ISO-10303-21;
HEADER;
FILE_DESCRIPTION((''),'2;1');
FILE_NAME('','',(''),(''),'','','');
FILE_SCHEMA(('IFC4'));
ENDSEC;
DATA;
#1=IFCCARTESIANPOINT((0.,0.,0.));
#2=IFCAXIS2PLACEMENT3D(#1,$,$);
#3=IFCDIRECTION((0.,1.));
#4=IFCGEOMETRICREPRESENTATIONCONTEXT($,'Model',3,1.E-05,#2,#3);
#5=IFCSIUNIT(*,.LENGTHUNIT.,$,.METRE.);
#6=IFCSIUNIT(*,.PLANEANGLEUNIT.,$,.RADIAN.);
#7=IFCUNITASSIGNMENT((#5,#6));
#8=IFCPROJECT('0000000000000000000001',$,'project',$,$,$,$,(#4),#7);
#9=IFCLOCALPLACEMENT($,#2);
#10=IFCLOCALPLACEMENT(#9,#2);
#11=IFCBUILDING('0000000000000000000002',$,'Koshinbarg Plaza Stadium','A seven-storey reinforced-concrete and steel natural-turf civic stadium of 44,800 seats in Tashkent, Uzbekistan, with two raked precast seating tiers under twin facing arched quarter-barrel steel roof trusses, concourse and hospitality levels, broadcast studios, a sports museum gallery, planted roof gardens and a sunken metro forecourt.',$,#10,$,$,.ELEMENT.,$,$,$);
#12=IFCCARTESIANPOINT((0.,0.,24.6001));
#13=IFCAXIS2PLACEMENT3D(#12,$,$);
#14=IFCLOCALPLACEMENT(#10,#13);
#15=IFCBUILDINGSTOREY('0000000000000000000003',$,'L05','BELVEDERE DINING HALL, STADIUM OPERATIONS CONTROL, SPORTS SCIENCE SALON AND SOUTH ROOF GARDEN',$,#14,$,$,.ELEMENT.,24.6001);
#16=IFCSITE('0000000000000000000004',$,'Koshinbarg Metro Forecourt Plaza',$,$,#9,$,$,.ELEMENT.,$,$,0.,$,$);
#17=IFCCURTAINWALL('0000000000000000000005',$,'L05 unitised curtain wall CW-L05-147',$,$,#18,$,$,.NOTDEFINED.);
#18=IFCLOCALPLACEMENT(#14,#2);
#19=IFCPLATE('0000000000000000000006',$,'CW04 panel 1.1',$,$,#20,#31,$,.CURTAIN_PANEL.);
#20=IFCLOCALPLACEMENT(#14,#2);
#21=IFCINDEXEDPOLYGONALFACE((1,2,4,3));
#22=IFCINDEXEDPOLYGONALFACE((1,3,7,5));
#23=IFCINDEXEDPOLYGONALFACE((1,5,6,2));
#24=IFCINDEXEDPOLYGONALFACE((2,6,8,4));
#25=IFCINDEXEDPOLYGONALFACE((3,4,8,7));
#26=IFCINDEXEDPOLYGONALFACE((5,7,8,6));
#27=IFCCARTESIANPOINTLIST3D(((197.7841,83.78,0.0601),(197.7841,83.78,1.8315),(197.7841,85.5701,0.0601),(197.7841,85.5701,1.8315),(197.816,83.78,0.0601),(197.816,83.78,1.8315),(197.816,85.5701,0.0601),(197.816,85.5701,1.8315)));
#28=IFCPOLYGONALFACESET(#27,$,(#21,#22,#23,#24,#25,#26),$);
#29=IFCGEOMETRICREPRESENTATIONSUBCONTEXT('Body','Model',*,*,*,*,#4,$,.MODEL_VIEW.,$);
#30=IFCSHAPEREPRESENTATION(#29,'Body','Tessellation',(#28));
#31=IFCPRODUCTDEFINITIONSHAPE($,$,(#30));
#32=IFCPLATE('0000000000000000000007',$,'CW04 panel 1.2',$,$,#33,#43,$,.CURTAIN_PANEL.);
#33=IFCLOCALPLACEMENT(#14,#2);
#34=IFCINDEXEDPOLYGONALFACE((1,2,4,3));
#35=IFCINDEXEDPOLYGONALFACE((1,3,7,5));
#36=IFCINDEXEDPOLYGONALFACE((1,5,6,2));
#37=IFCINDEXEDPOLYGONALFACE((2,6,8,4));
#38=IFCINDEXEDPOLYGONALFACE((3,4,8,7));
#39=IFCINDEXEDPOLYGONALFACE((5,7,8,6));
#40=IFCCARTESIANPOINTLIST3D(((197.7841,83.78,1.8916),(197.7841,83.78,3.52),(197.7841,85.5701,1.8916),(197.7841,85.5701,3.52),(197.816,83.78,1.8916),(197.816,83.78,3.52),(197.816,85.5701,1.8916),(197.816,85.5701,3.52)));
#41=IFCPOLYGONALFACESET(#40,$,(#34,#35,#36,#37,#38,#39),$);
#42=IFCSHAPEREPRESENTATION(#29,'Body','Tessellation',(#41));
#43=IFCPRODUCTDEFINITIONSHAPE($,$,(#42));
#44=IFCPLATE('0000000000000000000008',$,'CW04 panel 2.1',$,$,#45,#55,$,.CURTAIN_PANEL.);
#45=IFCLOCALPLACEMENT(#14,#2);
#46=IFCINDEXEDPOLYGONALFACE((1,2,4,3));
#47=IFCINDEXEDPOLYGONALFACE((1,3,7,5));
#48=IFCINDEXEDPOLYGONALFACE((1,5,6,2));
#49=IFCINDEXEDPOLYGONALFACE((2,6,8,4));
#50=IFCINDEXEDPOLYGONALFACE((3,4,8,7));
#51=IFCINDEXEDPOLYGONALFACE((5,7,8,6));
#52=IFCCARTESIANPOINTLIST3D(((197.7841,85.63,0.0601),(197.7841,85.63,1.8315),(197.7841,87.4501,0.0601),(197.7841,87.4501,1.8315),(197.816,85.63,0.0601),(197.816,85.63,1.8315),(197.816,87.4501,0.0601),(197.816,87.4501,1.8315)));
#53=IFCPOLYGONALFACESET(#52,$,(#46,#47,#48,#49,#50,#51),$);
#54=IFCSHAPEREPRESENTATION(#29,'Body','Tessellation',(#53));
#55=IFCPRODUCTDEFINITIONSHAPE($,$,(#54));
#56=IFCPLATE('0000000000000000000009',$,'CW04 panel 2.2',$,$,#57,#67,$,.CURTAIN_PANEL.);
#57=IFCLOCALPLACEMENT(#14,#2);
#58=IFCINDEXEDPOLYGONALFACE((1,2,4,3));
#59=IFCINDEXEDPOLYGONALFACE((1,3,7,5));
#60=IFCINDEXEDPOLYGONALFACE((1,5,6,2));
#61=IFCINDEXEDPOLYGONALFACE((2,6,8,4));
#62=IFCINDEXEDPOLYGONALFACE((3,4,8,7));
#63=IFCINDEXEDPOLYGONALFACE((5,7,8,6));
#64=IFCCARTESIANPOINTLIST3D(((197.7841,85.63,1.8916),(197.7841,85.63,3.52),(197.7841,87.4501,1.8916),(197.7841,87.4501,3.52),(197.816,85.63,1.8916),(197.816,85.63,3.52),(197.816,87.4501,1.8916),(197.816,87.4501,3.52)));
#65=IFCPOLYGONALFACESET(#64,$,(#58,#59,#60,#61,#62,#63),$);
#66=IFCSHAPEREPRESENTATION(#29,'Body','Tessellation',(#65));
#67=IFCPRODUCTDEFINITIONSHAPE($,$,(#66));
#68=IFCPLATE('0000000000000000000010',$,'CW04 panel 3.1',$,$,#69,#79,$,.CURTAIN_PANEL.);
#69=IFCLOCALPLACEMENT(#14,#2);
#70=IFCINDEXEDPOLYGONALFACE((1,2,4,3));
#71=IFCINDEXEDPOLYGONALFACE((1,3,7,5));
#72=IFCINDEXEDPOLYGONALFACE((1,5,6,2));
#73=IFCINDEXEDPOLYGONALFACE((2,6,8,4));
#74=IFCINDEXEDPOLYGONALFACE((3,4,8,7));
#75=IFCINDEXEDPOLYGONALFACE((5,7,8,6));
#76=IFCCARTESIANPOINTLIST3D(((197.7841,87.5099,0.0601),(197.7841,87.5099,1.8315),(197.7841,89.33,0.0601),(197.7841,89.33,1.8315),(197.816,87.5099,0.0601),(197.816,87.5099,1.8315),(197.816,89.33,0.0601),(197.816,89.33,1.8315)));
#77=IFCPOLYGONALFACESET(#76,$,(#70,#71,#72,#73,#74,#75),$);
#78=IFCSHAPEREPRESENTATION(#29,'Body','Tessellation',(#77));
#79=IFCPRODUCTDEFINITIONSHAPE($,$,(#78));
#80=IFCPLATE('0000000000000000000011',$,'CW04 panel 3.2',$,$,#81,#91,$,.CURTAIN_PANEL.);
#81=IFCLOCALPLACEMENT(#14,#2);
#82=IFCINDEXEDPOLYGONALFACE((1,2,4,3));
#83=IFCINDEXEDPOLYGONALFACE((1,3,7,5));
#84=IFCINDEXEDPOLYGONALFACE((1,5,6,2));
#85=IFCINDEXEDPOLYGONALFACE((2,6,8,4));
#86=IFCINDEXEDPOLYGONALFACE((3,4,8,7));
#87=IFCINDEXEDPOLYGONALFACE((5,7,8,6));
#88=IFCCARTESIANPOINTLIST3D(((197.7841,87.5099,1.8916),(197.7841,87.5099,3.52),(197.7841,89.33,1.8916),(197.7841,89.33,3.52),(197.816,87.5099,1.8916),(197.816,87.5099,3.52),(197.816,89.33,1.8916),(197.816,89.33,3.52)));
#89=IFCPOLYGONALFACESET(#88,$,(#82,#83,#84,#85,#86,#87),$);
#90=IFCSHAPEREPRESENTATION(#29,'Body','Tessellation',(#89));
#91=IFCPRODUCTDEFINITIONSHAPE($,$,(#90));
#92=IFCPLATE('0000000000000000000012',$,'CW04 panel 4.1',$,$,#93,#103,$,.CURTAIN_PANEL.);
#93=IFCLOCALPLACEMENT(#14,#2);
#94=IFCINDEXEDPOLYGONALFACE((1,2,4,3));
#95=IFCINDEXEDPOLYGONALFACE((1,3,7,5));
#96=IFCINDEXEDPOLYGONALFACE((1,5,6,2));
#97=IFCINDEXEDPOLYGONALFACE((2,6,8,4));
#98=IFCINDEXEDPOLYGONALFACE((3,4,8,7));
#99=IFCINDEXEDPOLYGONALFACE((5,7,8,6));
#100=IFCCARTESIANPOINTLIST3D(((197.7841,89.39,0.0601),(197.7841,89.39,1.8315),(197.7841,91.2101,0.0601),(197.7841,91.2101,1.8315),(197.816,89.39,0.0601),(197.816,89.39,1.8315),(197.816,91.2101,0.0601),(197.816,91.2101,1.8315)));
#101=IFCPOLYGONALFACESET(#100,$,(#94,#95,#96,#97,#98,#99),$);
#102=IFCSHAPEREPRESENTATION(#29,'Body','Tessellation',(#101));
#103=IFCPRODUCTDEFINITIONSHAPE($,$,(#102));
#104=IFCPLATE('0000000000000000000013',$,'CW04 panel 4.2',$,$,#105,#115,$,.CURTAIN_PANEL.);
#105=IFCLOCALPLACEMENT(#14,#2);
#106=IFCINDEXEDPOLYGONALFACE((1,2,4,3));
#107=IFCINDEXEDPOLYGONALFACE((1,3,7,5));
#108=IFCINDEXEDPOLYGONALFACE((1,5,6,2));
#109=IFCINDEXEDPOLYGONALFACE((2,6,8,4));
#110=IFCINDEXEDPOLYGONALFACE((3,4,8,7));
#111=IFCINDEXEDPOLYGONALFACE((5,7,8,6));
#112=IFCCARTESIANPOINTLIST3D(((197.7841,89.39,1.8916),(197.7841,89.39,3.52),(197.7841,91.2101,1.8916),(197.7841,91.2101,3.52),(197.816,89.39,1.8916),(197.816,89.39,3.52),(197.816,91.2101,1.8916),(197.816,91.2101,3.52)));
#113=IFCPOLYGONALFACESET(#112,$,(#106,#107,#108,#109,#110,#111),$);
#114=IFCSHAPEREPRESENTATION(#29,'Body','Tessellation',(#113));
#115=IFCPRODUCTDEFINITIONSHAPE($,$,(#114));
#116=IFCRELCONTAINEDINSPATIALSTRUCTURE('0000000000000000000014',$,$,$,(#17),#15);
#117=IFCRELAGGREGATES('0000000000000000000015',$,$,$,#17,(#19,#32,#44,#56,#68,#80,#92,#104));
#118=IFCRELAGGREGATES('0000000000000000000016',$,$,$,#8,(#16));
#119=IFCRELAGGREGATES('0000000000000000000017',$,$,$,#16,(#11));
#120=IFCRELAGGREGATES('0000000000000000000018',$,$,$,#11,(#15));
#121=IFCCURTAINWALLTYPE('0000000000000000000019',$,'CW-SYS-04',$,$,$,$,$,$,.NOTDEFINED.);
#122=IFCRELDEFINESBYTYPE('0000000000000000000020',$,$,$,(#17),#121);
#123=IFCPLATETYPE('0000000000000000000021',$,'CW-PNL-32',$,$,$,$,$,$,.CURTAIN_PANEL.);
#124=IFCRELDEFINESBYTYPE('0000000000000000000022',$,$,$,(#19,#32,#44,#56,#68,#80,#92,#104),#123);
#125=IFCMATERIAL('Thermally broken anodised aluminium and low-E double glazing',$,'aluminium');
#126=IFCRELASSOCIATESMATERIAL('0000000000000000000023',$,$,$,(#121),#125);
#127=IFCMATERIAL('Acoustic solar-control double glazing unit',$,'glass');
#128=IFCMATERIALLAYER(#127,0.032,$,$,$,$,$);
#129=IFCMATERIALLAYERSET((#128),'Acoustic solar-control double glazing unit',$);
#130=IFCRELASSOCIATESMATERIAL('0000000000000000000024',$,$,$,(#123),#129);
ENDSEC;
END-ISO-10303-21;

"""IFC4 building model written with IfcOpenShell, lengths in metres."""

from ifc_helpers import new_model, si_unit, direction, frame, origin, origin_2d, place, context, subcontext, project, spatial, rectangle, extrude, material, layer, layer_set, type_object, element, aggregate, save


model = new_model("IFC4")

# Units and contexts
model_context = context("Model", 3, precision=1e-05, world=origin(), true_north=direction((0.0, 1.0)))
body_context = subcontext(model_context, "Body", "Model", "MODEL_VIEW")
ifc_project = project(units=[si_unit("LENGTHUNIT", "METRE"), si_unit("PLANEANGLEUNIT", "RADIAN")], contexts=[model_context])

# Site, building, storey
site_placement = place(None, origin())
site = spatial("IfcSite", under=ifc_project, at=site_placement, Name="Koshinbarg Metro Forecourt Plaza", CompositionType="ELEMENT", RefElevation=0.0)
building_placement = place(site_placement, origin())
building = spatial("IfcBuilding", under=site, at=building_placement, Name="Koshinbarg Plaza Stadium", Description="A seven-storey reinforced-concrete and steel natural-turf civic stadium of 44,800 seats in Tashkent, Uzbekistan, with two raked precast seating tiers under twin facing arched quarter-barrel steel roof trusses, concourse and hospitality levels, broadcast studios, a sports museum gallery, planted roof gardens and a sunken metro forecourt.", CompositionType="ELEMENT")
storey_placement = place(building_placement, frame((0.0, 0.0, 24.6001)))
storey = spatial("IfcBuildingStorey", under=building, at=storey_placement, Name="L05", Description="BELVEDERE DINING HALL, STADIUM OPERATIONS CONTROL, SPORTS SCIENCE SALON AND SOUTH ROOF GARDEN", CompositionType="ELEMENT", Elevation=24.6001)

# Curtain wall, plates
ifc_material_1 = material(Name="Thermally broken anodised aluminium and low-E double glazing", Category="aluminium")
curtain_wall_type = type_object("IfcCurtainWallType", Name="CW-SYS-04", PredefinedType="NOTDEFINED", material=ifc_material_1)
curtain_wall_placement = place(storey_placement, origin())
curtain_wall = element("IfcCurtainWall", 1, at=curtain_wall_placement, inside=storey, type_object=curtain_wall_type, Name="L05 unitised curtain wall CW-L05-147", PredefinedType="NOTDEFINED")
ifc_material_2 = material(Name="Acoustic solar-control double glazing unit", Category="glass")
ifc_layer = layer(ifc_material_2, 0.032)
ifc_layer_set = layer_set([ifc_layer], Name="Acoustic solar-control double glazing unit")
plate_type = type_object("IfcPlateType", Name="CW-PNL-32", PredefinedType="CURTAIN_PANEL", material=ifc_layer_set)
plate_1_placement = place(storey_placement, frame((197.8, 84.675, 0.0601), z_axis=(0.0, 0.0, 1.0), x_axis=(0.0, 1.0, 0.0)))
plate_1 = element("IfcPlate", 2, at=plate_1_placement, type_object=plate_type, Name="CW04 panel 1.1", PredefinedType="CURTAIN_PANEL", context=body_context, shape_type="SweptSolid", body=[
    extrude(rectangle(XDim=1.79, YDim=0.032, at=origin_2d()), origin(), (0.0, 0.0, 1.0), 1.7715),
])
plate_2_placement = place(storey_placement, frame((197.8, 84.675, 1.8916), z_axis=(0.0, 0.0, 1.0), x_axis=(0.0, 1.0, 0.0)))
plate_2 = element("IfcPlate", 3, at=plate_2_placement, type_object=plate_type, Name="CW04 panel 1.2", PredefinedType="CURTAIN_PANEL", context=body_context, shape_type="SweptSolid", body=[
    extrude(rectangle(XDim=1.79, YDim=0.032, at=origin_2d()), origin(), (0.0, 0.0, 1.0), 1.6284),
])
plate_3_placement = place(storey_placement, frame((197.8, 86.54, 0.0601), z_axis=(0.0, 0.0, 1.0), x_axis=(0.0, 1.0, 0.0)))
plate_3 = element("IfcPlate", 4, at=plate_3_placement, type_object=plate_type, Name="CW04 panel 2.1", PredefinedType="CURTAIN_PANEL", context=body_context, shape_type="SweptSolid", body=[
    extrude(rectangle(XDim=1.8201, YDim=0.032, at=origin_2d()), origin(), (0.0, 0.0, 1.0), 1.7715),
])
plate_4_placement = place(storey_placement, frame((197.8, 86.54, 1.8916), z_axis=(0.0, 0.0, 1.0), x_axis=(0.0, 1.0, 0.0)))
plate_4 = element("IfcPlate", 5, at=plate_4_placement, type_object=plate_type, Name="CW04 panel 2.2", PredefinedType="CURTAIN_PANEL", context=body_context, shape_type="SweptSolid", body=[
    extrude(rectangle(XDim=1.8201, YDim=0.032, at=origin_2d()), origin(), (0.0, 0.0, 1.0), 1.6284),
])
plate_5_placement = place(storey_placement, frame((197.8, 88.4199, 0.0601), z_axis=(0.0, 0.0, 1.0), x_axis=(0.0, 1.0, 0.0)))
plate_5 = element("IfcPlate", 6, at=plate_5_placement, type_object=plate_type, Name="CW04 panel 3.1", PredefinedType="CURTAIN_PANEL", context=body_context, shape_type="SweptSolid", body=[
    extrude(rectangle(XDim=1.8201, YDim=0.032, at=origin_2d()), origin(), (0.0, 0.0, 1.0), 1.7715),
])
plate_6_placement = place(storey_placement, frame((197.8, 88.4199, 1.8916), z_axis=(0.0, 0.0, 1.0), x_axis=(0.0, 1.0, 0.0)))
plate_6 = element("IfcPlate", 7, at=plate_6_placement, type_object=plate_type, Name="CW04 panel 3.2", PredefinedType="CURTAIN_PANEL", context=body_context, shape_type="SweptSolid", body=[
    extrude(rectangle(XDim=1.8201, YDim=0.032, at=origin_2d()), origin(), (0.0, 0.0, 1.0), 1.6284),
])
plate_7_placement = place(storey_placement, frame((197.8, 90.3, 0.0601), z_axis=(0.0, 0.0, 1.0), x_axis=(0.0, 1.0, 0.0)))
plate_7 = element("IfcPlate", 8, at=plate_7_placement, type_object=plate_type, Name="CW04 panel 4.1", PredefinedType="CURTAIN_PANEL", context=body_context, shape_type="SweptSolid", body=[
    extrude(rectangle(XDim=1.8201, YDim=0.032, at=origin_2d()), origin(), (0.0, 0.0, 1.0), 1.7715),
])
plate_8_placement = place(storey_placement, frame((197.8, 90.3, 1.8916), z_axis=(0.0, 0.0, 1.0), x_axis=(0.0, 1.0, 0.0)))
plate_8 = element("IfcPlate", 9, at=plate_8_placement, type_object=plate_type, Name="CW04 panel 4.2", PredefinedType="CURTAIN_PANEL", context=body_context, shape_type="SweptSolid", body=[
    extrude(rectangle(XDim=1.8201, YDim=0.032, at=origin_2d()), origin(), (0.0, 0.0, 1.0), 1.6284),
])
aggregate(curtain_wall, [plate_1, plate_2, plate_3, plate_4, plate_5, plate_6, plate_7, plate_8])

save(model, "model.ifc")
